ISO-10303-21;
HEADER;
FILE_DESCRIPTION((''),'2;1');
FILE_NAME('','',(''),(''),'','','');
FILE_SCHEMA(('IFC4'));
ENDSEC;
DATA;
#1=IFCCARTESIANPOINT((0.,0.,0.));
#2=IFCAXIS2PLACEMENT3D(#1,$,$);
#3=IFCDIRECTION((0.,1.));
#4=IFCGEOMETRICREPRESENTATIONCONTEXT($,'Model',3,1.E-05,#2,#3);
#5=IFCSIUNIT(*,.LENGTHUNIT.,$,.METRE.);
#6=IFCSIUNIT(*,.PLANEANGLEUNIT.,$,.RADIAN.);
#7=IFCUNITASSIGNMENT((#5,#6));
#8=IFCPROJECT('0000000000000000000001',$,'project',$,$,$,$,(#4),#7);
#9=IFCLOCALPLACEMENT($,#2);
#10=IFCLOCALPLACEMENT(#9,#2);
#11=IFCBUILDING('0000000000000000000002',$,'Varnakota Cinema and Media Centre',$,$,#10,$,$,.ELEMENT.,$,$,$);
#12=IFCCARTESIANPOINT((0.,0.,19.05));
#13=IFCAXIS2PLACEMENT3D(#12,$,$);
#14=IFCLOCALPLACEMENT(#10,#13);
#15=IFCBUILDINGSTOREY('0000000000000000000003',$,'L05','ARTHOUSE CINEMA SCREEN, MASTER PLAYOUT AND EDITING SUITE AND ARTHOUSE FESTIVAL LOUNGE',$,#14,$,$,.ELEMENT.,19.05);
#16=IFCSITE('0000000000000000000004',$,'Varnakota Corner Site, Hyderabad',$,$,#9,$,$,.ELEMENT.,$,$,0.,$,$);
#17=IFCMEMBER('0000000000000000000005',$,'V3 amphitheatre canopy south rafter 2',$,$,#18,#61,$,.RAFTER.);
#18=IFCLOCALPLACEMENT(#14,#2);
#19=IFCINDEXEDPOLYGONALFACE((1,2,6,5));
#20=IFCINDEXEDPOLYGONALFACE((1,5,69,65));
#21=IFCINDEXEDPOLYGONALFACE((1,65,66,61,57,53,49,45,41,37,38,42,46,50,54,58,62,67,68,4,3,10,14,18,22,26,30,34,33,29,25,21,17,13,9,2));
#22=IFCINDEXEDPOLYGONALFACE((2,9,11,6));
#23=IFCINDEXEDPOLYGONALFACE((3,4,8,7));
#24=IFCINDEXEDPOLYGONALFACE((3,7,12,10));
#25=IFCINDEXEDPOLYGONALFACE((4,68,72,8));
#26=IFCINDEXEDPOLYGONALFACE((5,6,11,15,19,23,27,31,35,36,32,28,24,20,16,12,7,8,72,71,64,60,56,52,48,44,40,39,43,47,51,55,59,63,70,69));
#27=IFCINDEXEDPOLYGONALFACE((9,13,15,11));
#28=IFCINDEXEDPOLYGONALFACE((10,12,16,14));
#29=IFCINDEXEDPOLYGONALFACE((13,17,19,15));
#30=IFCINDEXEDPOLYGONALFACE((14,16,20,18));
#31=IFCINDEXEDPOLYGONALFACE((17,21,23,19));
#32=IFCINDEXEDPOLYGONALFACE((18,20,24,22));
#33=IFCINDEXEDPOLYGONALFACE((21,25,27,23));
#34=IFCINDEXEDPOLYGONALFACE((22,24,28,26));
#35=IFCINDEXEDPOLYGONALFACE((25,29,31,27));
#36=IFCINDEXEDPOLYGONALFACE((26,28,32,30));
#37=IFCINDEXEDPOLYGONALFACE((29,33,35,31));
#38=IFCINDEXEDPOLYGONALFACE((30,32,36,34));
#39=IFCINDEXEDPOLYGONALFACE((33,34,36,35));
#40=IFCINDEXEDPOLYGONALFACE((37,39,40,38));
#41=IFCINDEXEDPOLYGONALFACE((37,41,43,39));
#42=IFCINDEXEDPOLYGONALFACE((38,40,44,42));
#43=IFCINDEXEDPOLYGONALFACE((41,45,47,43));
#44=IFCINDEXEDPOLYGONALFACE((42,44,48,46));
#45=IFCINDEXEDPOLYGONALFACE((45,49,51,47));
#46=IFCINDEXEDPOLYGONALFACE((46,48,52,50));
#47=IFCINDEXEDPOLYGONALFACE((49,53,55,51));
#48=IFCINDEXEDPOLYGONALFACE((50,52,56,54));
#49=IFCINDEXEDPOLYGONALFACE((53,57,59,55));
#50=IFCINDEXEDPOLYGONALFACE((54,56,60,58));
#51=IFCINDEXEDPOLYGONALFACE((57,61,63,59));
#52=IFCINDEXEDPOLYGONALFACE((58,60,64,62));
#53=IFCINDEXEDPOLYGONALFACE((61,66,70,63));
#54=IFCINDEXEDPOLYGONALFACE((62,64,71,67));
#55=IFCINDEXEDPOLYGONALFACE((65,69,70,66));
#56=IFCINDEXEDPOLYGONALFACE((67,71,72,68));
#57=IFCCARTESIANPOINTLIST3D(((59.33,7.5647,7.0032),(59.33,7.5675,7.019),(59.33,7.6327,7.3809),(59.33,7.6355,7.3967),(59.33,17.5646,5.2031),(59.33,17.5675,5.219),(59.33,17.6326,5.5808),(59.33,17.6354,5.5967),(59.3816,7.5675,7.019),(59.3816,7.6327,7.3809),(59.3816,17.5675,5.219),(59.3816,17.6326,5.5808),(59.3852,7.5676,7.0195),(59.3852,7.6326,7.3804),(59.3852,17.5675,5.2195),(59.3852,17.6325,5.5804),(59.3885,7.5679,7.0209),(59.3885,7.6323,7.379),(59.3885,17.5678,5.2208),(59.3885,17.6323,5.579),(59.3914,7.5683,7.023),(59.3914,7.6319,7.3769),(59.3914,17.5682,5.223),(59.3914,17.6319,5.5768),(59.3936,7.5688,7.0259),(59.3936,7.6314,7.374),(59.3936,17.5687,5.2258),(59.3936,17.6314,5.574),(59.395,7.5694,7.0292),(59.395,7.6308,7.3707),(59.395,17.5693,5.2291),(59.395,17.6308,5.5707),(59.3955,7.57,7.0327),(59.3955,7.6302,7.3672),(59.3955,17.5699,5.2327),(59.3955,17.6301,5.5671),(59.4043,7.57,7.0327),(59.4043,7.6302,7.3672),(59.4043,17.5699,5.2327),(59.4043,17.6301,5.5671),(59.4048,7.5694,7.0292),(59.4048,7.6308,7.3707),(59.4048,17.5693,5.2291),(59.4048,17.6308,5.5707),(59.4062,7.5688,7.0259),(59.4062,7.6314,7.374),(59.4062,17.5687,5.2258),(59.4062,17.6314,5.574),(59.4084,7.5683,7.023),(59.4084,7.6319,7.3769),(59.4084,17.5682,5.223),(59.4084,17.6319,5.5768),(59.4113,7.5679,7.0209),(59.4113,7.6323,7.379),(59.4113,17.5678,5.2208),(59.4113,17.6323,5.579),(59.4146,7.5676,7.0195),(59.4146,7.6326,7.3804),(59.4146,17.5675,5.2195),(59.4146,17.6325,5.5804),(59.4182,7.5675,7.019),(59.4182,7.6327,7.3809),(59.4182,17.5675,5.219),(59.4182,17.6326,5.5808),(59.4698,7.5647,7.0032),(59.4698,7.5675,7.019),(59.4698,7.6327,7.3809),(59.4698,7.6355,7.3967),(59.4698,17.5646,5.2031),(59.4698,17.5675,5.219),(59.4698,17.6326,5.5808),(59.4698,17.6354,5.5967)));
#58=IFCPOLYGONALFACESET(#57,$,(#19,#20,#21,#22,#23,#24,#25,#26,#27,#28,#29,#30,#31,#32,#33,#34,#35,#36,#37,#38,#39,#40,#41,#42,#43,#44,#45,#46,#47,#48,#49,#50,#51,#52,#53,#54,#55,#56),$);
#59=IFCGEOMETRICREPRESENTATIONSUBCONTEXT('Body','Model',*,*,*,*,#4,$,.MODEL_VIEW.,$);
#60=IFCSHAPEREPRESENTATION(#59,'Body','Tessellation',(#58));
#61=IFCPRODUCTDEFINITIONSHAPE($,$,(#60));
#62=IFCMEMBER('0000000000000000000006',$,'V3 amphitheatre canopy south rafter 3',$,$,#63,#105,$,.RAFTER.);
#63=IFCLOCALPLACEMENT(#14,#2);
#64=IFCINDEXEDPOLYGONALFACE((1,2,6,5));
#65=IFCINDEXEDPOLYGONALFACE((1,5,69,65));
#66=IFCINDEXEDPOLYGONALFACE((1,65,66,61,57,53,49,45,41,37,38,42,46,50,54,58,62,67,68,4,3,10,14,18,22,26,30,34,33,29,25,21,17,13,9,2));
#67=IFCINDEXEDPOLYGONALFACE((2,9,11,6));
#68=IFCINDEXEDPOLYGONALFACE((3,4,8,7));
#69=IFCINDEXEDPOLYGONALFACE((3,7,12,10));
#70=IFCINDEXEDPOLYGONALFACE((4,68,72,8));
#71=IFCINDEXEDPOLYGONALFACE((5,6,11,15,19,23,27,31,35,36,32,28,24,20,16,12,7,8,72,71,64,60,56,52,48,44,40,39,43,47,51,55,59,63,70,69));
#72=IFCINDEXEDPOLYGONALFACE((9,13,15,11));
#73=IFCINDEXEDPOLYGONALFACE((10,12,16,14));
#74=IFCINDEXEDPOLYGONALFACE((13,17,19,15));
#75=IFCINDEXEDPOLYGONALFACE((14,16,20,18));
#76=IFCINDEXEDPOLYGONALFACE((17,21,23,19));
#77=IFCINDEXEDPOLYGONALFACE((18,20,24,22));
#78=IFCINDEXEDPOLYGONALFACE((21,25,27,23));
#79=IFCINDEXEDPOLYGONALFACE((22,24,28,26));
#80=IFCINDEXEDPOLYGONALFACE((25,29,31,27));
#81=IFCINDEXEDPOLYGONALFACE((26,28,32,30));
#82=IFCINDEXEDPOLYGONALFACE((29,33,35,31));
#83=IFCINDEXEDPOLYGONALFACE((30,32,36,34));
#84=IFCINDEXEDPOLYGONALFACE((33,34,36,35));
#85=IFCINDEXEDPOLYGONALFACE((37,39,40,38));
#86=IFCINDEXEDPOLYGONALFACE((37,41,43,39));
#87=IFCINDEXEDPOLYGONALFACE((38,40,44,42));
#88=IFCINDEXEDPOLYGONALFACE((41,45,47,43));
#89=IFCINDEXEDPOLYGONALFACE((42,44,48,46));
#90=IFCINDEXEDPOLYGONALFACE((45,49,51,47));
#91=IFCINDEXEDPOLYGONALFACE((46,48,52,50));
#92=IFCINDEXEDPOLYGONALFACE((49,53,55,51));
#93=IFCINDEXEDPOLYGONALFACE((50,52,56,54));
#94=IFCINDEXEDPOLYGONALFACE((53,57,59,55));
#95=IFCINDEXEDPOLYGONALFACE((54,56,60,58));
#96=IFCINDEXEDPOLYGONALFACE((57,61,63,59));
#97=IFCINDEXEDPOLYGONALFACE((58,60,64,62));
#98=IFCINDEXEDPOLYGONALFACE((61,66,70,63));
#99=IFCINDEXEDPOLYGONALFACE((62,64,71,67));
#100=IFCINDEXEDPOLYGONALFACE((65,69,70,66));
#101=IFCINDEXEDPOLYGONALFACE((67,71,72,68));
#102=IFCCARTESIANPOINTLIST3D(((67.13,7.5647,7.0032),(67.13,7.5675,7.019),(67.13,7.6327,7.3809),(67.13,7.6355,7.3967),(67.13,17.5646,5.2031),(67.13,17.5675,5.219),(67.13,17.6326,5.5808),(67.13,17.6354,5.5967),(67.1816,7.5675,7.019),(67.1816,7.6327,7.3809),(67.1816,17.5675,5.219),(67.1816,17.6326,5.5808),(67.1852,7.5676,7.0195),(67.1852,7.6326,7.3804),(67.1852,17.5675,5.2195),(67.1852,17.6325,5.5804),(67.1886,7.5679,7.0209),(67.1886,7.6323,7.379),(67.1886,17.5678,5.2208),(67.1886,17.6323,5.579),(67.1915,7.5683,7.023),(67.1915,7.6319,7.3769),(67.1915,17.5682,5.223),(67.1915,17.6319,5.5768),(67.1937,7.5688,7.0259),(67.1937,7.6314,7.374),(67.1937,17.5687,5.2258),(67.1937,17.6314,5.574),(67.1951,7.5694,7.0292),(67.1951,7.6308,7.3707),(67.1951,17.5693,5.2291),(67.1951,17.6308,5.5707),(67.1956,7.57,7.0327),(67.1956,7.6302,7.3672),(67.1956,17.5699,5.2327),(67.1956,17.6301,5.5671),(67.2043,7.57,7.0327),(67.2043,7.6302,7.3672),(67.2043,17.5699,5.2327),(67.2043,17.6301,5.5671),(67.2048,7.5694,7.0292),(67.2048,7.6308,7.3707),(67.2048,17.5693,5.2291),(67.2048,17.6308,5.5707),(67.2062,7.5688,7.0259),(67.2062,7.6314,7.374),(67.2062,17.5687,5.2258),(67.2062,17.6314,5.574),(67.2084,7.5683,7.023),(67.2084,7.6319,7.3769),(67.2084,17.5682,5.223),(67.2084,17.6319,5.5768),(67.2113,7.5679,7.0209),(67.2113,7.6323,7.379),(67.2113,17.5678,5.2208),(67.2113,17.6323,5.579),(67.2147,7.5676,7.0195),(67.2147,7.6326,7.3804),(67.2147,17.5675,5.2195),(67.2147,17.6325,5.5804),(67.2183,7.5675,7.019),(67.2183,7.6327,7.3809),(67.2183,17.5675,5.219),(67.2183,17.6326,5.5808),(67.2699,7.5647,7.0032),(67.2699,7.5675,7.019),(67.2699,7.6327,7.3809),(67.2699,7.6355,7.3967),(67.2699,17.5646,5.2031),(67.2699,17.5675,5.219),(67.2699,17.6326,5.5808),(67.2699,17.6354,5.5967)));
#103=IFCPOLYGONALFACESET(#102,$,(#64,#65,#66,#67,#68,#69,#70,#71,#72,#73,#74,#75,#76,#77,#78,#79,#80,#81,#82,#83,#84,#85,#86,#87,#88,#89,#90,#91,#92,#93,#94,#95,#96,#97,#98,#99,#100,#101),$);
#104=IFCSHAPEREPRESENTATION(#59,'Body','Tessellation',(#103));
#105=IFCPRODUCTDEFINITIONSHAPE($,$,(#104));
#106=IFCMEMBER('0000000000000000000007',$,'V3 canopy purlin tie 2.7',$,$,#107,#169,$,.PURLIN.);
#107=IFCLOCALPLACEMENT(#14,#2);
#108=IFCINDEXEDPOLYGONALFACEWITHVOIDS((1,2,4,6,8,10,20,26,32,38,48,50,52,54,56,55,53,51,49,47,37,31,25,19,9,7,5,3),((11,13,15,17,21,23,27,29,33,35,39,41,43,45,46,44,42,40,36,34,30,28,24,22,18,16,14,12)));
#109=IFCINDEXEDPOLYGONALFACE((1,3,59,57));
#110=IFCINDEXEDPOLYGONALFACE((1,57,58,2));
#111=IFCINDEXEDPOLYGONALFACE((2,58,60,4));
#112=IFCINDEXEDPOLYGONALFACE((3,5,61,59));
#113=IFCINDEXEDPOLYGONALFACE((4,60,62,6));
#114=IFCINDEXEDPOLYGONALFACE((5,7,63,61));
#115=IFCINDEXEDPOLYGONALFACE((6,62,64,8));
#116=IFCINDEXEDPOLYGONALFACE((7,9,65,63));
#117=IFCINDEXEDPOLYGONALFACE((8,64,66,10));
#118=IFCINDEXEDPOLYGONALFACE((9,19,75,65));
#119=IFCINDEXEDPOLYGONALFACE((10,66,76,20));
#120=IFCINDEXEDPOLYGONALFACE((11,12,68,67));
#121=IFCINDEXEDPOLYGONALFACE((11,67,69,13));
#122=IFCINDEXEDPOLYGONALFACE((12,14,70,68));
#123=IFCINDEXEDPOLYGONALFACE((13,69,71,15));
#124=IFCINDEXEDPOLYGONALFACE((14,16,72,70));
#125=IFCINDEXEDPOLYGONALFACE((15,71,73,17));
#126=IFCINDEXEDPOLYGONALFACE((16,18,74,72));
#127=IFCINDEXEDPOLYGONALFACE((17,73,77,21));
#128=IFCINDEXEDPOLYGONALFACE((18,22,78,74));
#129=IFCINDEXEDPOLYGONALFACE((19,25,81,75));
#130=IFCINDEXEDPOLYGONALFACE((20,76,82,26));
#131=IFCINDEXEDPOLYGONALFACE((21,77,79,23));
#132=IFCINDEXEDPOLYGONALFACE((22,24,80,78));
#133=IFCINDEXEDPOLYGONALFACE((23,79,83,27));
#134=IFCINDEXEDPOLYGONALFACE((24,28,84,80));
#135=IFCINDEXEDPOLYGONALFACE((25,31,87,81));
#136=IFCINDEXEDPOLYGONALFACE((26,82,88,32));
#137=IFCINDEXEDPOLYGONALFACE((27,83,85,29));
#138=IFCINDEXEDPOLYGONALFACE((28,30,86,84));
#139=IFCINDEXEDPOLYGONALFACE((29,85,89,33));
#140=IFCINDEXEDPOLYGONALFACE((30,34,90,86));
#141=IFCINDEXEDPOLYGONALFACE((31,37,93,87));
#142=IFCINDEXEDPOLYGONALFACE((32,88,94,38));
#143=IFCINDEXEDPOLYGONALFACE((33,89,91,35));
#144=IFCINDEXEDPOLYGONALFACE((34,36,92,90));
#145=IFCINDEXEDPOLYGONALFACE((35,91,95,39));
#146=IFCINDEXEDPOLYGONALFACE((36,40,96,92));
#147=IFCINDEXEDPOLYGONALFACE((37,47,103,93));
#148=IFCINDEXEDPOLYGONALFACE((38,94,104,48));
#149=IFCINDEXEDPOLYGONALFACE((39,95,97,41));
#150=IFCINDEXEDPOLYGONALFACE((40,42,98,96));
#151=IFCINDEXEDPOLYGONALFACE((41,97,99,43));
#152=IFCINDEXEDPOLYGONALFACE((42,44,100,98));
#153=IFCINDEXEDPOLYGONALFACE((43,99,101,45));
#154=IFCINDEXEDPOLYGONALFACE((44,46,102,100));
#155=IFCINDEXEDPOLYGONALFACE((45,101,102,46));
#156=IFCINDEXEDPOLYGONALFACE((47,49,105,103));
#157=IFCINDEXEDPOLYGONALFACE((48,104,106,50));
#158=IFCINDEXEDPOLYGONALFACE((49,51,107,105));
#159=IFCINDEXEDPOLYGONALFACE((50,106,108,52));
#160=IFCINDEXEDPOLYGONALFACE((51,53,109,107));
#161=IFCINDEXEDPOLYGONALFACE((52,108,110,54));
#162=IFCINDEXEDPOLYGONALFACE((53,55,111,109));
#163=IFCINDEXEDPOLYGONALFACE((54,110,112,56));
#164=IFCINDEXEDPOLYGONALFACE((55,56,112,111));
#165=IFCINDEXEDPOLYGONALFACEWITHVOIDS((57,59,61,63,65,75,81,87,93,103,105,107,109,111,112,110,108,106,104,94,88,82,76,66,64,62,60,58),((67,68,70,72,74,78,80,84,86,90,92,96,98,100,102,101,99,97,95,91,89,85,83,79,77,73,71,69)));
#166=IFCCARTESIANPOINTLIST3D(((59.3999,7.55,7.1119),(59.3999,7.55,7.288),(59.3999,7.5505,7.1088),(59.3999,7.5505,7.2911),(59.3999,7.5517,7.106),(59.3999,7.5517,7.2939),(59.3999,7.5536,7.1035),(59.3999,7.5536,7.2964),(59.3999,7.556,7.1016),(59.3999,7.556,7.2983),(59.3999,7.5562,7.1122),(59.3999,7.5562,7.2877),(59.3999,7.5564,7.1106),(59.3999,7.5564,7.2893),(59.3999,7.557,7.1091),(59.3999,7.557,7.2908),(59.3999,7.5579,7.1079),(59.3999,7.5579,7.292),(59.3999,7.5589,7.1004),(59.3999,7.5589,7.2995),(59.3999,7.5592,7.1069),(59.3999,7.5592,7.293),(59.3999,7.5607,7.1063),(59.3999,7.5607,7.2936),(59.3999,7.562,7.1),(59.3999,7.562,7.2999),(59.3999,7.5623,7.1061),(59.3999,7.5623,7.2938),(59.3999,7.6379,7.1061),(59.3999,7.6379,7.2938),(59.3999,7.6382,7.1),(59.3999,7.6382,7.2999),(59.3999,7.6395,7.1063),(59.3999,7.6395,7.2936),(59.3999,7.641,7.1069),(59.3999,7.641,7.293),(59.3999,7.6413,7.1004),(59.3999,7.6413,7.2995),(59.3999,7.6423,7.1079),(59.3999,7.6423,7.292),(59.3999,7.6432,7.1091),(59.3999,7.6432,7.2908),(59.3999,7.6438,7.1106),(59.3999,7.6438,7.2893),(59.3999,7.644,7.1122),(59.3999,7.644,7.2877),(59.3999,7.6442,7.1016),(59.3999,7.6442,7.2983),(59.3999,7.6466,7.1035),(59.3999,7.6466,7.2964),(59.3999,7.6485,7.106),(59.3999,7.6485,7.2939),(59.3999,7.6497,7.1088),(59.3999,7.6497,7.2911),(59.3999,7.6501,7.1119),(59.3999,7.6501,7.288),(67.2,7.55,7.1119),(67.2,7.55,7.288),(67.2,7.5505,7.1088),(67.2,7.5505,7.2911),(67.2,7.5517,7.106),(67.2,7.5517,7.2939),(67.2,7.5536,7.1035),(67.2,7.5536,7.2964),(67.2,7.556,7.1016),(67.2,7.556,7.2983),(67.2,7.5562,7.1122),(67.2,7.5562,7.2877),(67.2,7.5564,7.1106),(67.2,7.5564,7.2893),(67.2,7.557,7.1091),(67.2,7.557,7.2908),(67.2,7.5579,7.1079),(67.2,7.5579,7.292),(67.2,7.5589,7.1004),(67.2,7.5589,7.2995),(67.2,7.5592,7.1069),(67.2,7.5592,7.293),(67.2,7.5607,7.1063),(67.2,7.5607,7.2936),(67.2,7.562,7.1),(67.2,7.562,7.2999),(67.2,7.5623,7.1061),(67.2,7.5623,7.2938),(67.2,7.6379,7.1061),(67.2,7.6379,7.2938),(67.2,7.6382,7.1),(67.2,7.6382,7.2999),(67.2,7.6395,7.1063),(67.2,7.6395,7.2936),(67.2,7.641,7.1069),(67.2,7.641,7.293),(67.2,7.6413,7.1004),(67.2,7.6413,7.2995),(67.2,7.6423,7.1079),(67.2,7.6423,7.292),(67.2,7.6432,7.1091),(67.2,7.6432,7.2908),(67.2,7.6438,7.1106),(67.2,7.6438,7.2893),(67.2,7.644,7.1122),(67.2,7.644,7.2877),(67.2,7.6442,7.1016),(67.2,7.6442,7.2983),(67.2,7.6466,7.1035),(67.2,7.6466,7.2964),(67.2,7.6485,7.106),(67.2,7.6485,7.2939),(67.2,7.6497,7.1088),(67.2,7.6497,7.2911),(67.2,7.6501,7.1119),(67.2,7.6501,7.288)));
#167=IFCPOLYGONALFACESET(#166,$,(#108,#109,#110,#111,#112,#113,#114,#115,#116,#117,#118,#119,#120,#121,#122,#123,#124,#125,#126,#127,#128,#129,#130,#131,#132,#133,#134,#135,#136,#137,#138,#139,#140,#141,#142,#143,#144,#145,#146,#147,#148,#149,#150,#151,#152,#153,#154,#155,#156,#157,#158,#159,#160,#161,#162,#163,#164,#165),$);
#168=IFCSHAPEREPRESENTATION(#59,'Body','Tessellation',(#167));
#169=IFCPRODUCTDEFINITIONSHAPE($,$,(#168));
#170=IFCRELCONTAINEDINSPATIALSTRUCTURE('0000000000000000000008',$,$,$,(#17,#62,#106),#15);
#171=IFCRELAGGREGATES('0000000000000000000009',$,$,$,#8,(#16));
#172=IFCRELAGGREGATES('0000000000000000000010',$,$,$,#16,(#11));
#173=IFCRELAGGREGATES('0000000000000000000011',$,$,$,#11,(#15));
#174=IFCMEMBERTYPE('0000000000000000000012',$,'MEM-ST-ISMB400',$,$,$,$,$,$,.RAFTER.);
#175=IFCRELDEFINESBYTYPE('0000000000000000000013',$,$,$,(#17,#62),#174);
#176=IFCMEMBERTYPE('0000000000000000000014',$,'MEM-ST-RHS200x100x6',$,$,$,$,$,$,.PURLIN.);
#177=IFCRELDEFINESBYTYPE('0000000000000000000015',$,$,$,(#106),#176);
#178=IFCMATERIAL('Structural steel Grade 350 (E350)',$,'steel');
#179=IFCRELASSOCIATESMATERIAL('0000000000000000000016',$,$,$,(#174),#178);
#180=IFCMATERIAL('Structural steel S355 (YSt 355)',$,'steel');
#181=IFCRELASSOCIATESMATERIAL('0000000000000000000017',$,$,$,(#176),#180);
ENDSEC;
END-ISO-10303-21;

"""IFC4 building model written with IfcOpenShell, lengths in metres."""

from ifc_helpers import new_model, si_unit, direction, frame, origin, origin_2d, place, context, subcontext, project, spatial, hollow_rectangle, i_section, extrude, material, material_profile, profile_set, type_object, element, save


model = new_model("IFC4")

# Units and contexts
model_context = context("Model", 3, precision=1e-05, world=origin(), true_north=direction((0.0, 1.0)))
body_context = subcontext(model_context, "Body", "Model", "MODEL_VIEW")
ifc_project = project(units=[si_unit("LENGTHUNIT", "METRE"), si_unit("PLANEANGLEUNIT", "RADIAN")], contexts=[model_context])

# Site, building, storey
site_placement = place(None, origin())
site = spatial("IfcSite", under=ifc_project, at=site_placement, Name="Varnakota Corner Site, Hyderabad", CompositionType="ELEMENT", RefElevation=0.0)
building_placement = place(site_placement, origin())
building = spatial("IfcBuilding", under=site, at=building_placement, Name="Varnakota Cinema and Media Centre", CompositionType="ELEMENT")
storey_placement = place(building_placement, frame((0.0, 0.0, 19.05)))
storey = spatial("IfcBuildingStorey", under=building, at=storey_placement, Name="L05", Description="ARTHOUSE CINEMA SCREEN, MASTER PLAYOUT AND EDITING SUITE AND ARTHOUSE FESTIVAL LOUNGE", CompositionType="ELEMENT", Elevation=19.05)

# Members
ifc_material_1 = material(Name="Structural steel Grade 350 (E350)", Category="steel")
ifc_material_profile_1 = material_profile(ifc_material_1, i_section(OverallWidth=0.1399, OverallDepth=0.3999, WebThickness=0.0088, FlangeThickness=0.0161, FilletRadius=0.0139, at=origin_2d()), Name="ISMB 400")
ifc_profile_set_1 = profile_set([ifc_material_profile_1], Name="Structural steel Grade 350 (E350)")
member_type_1 = type_object("IfcMemberType", Name="MEM-ST-ISMB400", PredefinedType="RAFTER", material=ifc_profile_set_1)
for number, where, z_axis, x_axis, name in (
    (1, (59.3999, 7.6001, 7.2), (0.0, 0.984182, -0.177158), (-1.0, 0.0, 0.0), "V3 amphitheatre canopy south rafter 2"),
    (2, (67.2, 7.6001, 7.2), (0.0, 0.984182, -0.177158), (-1.0, 0.0, 0.0), "V3 amphitheatre canopy south rafter 3"),
):
    element("IfcMember", number, at=place(storey_placement, frame(where, z_axis=z_axis, x_axis=x_axis)), inside=storey, type_object=member_type_1, Name=name, PredefinedType="RAFTER", context=body_context, shape_type="SweptSolid", body=[
        extrude(i_section(OverallWidth=0.1399, OverallDepth=0.3999, WebThickness=0.0088, FlangeThickness=0.0161, FilletRadius=0.0139, at=origin_2d()), origin(), (0.0, 0.0, 1.0), 10.1606),
    ])
ifc_material_2 = material(Name="Structural steel S355 (YSt 355)", Category="steel")
ifc_material_profile_2 = material_profile(ifc_material_2, hollow_rectangle(XDim=0.1001, YDim=0.2, WallThickness=0.0061, InnerFilletRadius=0.0061, OuterFilletRadius=0.012, at=origin_2d()), Name="RHS 200x100x6")
ifc_profile_set_2 = profile_set([ifc_material_profile_2], Name="Structural steel S355 (YSt 355)")
member_type_2 = type_object("IfcMemberType", Name="MEM-ST-RHS200x100x6", PredefinedType="PURLIN", material=ifc_profile_set_2)
for number, where, z_axis, x_axis, name in (
    (3, (59.3999, 7.6001, 7.2), (1.0, 0.0, 0.0), (0.0, 1.0, 0.0), "V3 canopy purlin tie 2.7"),
):
    element("IfcMember", number, at=place(storey_placement, frame(where, z_axis=z_axis, x_axis=x_axis)), inside=storey, type_object=member_type_2, Name=name, PredefinedType="PURLIN", context=body_context, shape_type="SweptSolid", body=[
        extrude(hollow_rectangle(XDim=0.1001, YDim=0.2, WallThickness=0.0061, InnerFilletRadius=0.0061, OuterFilletRadius=0.012, at=origin_2d()), origin(), (0.0, 0.0, 1.0), 7.8),
    ])

save(model, "model.ifc")
